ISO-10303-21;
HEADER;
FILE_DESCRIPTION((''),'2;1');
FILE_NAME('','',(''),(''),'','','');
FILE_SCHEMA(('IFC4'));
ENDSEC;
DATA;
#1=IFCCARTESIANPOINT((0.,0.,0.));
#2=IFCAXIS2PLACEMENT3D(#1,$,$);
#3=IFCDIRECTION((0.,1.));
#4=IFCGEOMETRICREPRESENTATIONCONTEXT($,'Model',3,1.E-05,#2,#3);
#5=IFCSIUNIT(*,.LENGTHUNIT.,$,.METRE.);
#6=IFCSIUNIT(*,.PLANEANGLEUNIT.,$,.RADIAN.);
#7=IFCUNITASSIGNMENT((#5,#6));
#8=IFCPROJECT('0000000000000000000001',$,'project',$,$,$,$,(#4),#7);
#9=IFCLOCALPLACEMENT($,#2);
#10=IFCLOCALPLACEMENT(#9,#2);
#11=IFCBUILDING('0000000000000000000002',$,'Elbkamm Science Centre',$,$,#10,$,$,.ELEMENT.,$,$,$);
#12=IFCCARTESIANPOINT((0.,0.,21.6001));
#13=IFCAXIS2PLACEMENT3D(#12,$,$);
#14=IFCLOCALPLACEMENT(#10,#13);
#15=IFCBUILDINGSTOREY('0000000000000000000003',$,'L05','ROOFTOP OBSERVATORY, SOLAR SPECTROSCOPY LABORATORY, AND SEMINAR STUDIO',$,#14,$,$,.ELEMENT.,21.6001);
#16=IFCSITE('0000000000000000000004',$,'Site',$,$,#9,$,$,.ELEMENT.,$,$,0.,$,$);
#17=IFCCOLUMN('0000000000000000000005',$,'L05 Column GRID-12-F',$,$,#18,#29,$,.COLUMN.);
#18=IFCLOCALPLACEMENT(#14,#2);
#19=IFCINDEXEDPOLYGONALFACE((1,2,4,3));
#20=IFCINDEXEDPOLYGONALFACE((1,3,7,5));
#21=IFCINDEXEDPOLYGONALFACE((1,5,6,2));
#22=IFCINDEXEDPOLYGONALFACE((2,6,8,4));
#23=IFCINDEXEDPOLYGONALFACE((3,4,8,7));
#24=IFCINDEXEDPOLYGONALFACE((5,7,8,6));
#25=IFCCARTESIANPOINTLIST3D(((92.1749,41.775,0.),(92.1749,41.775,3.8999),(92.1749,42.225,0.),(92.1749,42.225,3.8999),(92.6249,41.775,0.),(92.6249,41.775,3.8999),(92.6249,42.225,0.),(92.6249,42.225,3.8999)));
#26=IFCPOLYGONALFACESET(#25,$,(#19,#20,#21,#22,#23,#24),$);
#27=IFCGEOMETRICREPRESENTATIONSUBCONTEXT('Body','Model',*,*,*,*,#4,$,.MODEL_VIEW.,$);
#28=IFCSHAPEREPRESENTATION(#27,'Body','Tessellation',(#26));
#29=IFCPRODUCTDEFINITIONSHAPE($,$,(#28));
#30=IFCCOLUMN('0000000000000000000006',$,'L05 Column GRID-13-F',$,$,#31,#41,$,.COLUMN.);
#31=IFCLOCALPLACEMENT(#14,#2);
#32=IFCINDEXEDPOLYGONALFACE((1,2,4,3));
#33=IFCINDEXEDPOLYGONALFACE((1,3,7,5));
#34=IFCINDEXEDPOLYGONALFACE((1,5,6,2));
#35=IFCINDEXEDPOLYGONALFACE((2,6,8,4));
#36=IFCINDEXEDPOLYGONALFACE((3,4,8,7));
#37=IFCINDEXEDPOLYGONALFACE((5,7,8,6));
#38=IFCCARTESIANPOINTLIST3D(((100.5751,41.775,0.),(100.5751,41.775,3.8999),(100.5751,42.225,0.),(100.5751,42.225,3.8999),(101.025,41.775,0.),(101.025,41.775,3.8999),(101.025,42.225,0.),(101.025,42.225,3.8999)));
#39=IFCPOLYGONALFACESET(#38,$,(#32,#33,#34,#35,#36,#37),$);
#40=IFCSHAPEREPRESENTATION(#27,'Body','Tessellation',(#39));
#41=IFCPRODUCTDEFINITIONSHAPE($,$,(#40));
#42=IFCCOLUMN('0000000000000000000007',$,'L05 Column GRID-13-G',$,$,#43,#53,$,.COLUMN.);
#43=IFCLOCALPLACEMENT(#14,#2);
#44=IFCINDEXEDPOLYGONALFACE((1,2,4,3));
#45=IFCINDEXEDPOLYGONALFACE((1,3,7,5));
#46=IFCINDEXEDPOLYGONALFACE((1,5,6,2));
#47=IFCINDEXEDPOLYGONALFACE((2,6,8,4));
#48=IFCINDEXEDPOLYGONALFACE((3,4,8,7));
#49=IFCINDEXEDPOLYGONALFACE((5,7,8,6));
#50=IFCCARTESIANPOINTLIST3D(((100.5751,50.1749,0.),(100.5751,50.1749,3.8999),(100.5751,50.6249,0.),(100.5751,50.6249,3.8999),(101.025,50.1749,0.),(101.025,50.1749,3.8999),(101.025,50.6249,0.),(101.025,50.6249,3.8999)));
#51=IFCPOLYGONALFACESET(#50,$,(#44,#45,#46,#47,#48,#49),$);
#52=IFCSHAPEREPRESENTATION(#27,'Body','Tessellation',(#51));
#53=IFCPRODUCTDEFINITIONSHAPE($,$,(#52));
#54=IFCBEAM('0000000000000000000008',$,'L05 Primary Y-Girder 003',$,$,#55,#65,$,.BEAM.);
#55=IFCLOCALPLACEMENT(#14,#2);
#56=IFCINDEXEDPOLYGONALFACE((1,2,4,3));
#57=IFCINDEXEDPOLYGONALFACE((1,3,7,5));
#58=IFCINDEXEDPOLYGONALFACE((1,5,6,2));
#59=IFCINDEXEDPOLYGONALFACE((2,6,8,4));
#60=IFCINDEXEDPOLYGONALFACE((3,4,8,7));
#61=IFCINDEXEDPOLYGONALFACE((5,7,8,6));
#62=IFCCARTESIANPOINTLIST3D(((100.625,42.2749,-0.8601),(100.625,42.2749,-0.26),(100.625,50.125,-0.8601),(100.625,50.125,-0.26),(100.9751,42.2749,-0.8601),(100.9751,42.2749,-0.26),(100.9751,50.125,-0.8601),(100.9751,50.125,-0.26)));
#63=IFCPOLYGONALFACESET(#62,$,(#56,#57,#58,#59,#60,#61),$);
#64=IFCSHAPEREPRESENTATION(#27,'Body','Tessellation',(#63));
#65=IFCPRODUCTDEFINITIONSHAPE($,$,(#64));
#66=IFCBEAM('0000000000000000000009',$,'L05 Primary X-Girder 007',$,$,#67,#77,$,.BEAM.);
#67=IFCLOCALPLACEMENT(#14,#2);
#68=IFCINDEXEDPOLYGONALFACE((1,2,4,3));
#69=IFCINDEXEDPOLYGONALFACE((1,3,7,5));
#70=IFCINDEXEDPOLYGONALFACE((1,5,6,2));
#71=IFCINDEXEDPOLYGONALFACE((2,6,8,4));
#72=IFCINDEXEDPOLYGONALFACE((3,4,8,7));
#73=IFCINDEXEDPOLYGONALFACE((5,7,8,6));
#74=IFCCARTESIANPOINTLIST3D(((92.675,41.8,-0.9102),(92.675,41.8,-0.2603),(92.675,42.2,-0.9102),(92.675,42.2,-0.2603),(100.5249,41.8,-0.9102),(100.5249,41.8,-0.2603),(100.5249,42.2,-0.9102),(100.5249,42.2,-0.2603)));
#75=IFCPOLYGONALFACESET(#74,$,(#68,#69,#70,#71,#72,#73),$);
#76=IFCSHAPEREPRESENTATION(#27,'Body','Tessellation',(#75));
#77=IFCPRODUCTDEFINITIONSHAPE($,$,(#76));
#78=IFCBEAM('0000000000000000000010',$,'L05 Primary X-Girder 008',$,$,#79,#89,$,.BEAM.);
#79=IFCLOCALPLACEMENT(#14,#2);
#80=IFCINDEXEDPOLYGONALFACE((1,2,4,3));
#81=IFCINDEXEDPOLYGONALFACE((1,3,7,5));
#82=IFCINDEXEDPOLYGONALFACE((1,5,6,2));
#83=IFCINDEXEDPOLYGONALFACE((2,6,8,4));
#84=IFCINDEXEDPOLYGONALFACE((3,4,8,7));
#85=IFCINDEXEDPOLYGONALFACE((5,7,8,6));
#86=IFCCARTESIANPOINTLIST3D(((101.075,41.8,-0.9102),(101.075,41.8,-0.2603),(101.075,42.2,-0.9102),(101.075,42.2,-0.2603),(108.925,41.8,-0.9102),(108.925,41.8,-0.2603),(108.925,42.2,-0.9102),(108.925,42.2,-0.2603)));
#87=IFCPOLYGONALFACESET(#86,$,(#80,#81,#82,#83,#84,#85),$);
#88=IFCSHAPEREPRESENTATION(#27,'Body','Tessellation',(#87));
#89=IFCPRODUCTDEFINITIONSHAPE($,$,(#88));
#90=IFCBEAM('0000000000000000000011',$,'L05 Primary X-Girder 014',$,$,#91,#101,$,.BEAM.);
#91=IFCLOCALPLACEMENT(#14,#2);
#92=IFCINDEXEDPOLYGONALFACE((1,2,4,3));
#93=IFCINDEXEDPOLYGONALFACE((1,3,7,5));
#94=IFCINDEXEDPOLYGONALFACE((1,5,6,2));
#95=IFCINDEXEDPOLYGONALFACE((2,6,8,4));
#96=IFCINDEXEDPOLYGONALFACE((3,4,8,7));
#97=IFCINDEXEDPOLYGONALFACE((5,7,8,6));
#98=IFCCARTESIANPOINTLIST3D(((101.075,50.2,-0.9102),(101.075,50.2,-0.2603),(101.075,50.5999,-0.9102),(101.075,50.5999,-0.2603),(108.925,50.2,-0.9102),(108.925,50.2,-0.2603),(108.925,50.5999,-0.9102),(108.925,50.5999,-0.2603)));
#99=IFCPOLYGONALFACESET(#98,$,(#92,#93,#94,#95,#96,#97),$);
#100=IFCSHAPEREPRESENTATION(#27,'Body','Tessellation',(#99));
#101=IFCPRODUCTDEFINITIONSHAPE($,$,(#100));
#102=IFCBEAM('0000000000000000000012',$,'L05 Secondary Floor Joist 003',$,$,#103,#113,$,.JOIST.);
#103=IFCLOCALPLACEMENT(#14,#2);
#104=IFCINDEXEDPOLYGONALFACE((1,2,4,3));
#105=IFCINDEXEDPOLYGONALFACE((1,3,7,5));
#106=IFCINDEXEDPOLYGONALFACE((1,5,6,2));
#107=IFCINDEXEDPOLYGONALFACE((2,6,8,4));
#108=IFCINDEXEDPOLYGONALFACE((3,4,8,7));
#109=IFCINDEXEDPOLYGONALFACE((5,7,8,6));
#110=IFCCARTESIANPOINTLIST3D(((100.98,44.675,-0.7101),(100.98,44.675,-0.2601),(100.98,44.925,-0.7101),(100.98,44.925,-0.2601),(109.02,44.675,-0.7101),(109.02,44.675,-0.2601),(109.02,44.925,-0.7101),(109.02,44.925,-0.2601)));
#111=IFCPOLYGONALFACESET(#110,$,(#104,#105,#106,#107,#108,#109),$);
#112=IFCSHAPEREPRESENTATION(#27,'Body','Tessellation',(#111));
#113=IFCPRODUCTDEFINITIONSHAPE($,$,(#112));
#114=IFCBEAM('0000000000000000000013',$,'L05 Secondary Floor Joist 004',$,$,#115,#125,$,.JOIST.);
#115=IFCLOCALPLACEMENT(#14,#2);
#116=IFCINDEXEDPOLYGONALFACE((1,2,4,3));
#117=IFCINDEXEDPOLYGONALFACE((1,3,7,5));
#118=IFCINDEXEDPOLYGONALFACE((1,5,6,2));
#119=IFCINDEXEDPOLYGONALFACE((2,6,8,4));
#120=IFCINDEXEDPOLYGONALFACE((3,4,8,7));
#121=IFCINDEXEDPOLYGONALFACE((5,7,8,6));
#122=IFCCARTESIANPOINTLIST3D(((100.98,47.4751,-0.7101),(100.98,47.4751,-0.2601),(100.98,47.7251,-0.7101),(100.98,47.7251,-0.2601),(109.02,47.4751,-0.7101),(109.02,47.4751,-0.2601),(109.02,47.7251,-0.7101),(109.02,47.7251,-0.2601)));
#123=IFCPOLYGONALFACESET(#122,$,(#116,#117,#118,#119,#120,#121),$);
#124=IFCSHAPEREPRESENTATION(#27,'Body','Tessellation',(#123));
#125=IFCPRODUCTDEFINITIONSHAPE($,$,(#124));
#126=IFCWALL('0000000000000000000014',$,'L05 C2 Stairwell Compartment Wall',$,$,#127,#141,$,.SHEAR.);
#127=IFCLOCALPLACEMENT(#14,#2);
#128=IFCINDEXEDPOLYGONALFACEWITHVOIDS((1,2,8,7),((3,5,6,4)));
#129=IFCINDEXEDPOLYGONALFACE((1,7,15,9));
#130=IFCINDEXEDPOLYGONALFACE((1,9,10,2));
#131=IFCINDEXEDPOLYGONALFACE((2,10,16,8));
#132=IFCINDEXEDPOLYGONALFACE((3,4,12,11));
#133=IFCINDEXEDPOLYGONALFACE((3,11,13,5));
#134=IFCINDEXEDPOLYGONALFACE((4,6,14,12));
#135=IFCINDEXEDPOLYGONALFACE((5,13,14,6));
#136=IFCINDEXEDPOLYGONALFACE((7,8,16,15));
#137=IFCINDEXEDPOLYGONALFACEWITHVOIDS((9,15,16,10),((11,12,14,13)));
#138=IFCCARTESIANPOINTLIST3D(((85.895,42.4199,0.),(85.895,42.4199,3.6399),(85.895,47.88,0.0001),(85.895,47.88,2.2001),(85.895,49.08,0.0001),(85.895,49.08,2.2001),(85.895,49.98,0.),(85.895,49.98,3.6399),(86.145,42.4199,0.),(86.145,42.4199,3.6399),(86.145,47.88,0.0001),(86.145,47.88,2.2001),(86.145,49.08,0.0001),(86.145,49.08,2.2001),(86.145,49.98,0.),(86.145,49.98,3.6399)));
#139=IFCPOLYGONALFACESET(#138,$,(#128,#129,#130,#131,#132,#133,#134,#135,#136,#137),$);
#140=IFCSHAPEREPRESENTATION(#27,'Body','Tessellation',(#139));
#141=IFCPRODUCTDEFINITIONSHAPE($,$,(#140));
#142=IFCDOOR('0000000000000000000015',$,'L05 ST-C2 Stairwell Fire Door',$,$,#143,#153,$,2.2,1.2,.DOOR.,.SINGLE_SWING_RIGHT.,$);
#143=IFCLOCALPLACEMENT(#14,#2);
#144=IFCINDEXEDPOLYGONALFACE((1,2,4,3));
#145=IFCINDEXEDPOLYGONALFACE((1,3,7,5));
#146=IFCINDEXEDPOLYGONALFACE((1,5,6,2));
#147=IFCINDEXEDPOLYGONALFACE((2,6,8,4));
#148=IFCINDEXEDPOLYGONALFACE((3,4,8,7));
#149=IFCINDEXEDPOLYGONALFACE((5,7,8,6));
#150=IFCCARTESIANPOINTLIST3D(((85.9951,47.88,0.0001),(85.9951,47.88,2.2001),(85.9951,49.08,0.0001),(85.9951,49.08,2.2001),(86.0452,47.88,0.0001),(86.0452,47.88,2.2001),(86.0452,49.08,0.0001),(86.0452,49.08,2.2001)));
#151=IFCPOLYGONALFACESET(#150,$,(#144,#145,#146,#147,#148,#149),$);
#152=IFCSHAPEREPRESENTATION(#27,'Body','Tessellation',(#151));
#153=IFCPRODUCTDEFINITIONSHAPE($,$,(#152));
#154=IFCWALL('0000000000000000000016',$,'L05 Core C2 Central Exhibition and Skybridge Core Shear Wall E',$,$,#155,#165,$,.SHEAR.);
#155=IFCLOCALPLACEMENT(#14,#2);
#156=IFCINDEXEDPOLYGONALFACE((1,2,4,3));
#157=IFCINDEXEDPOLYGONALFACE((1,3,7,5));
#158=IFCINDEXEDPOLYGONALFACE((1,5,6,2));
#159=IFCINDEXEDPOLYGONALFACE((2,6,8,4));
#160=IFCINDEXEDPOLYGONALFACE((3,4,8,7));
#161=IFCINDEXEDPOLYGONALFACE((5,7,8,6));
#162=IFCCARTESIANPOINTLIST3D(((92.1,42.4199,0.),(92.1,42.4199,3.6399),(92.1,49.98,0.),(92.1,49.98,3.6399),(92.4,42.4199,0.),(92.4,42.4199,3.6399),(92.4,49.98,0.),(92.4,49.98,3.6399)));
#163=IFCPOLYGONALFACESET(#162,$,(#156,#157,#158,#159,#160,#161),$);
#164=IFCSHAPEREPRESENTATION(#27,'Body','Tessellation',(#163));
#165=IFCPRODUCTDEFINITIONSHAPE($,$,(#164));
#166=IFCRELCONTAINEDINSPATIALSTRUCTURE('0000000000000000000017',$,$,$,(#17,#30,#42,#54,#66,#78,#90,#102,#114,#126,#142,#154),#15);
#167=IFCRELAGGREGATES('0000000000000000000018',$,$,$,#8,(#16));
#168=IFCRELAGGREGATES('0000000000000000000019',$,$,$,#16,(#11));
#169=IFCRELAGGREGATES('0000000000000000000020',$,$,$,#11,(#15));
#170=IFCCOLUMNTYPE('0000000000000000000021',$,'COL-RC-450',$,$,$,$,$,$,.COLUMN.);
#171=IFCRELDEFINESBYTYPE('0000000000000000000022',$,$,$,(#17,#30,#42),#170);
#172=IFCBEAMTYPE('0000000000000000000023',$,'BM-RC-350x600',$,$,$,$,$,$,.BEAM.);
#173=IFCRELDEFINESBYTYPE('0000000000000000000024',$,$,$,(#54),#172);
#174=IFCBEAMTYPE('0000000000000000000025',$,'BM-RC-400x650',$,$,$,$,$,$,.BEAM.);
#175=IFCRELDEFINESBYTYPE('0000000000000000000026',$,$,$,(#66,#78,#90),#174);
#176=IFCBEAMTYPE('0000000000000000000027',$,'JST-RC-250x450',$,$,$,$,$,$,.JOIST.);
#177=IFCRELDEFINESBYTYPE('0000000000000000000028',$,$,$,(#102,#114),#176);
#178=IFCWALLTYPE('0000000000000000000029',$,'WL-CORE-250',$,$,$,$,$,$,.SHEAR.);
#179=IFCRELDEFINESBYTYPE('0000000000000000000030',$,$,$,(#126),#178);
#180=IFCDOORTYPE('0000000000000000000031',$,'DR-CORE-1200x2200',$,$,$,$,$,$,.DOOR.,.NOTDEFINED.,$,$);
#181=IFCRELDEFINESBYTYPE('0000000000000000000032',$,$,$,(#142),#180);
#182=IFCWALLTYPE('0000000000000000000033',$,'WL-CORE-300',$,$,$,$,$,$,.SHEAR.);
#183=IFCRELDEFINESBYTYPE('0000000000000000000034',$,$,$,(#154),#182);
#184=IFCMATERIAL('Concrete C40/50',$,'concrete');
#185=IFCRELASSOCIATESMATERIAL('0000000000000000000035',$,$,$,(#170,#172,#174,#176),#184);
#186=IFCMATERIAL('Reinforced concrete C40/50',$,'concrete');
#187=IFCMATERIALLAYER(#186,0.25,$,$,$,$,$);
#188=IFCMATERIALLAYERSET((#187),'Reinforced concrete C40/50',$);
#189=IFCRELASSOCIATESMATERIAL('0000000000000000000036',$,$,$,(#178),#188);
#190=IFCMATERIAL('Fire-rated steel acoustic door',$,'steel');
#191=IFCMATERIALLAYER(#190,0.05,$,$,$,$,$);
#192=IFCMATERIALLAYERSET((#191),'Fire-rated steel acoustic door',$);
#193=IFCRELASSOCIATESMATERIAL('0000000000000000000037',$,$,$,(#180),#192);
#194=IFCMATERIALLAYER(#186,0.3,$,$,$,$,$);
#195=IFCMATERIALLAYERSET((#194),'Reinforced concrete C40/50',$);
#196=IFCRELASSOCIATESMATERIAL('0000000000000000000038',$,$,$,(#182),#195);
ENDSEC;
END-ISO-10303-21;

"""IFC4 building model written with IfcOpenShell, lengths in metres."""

from ifc_helpers import new_model, si_unit, direction, frame, frame_2d, origin, origin_2d, place, context, subcontext, project, spatial, rectangle, extrude, material, layer, layer_set, material_profile, profile_set, type_object, element, fill, save


model = new_model("IFC4")

# Units and contexts
model_context = context("Model", 3, precision=1e-05, world=origin(), true_north=direction((0.0, 1.0)))
body_context = subcontext(model_context, "Body", "Model", "MODEL_VIEW")
ifc_project = project(units=[si_unit("LENGTHUNIT", "METRE"), si_unit("PLANEANGLEUNIT", "RADIAN")], contexts=[model_context])

# Site, building, storey
site_placement = place(None, origin())
site = spatial("IfcSite", under=ifc_project, at=site_placement, Name="Site", CompositionType="ELEMENT", RefElevation=0.0)
building_placement = place(site_placement, origin())
building = spatial("IfcBuilding", under=site, at=building_placement, Name="Elbkamm Science Centre", CompositionType="ELEMENT")
storey_placement = place(building_placement, frame((0.0, 0.0, 21.6001)))
storey = spatial("IfcBuildingStorey", under=building, at=storey_placement, Name="L05", Description="ROOFTOP OBSERVATORY, SOLAR SPECTROSCOPY LABORATORY, AND SEMINAR STUDIO", CompositionType="ELEMENT", Elevation=21.6001)

# Columns
ifc_material_1 = material(Name="Concrete C40/50", Category="concrete")
ifc_material_profile_1 = material_profile(ifc_material_1, rectangle(XDim=0.45, YDim=0.45, at=origin_2d()), Name="RC 450x450")
ifc_profile_set_1 = profile_set([ifc_material_profile_1], Name="Concrete C40/50")
column_type = type_object("IfcColumnType", Name="COL-RC-450", PredefinedType="COLUMN", material=ifc_profile_set_1)
for number, where, z_axis, x_axis, name in (
    (1, (92.3999, 42.0, 0.0), (0.0, 0.0, 1.0), (1.0, 0.0, 0.0), "L05 Column GRID-12-F"),
    (2, (100.8, 42.0, 0.0), (0.0, 0.0, 1.0), (1.0, 0.0, 0.0), "L05 Column GRID-13-F"),
    (3, (100.8, 50.3999, 0.0), (0.0, 0.0, 1.0), (1.0, 0.0, 0.0), "L05 Column GRID-13-G"),
):
    element("IfcColumn", number, at=place(storey_placement, frame(where, z_axis=z_axis, x_axis=x_axis)), inside=storey, type_object=column_type, Name=name, PredefinedType="COLUMN", context=body_context, shape_type="SweptSolid", body=[
        extrude(rectangle(XDim=0.45, YDim=0.45, at=origin_2d()), origin(), (0.0, 0.0, 1.0), 3.8999),
    ])

# Beams
ifc_material_profile_2 = material_profile(ifc_material_1, rectangle(XDim=0.3501, YDim=0.6001, at=origin_2d()), Name="RC 350x600")
ifc_profile_set_2 = profile_set([ifc_material_profile_2], Name="Concrete C40/50")
beam_type_1 = type_object("IfcBeamType", Name="BM-RC-350x600", PredefinedType="BEAM", material=ifc_profile_set_2)
beam_1_placement = place(storey_placement, frame((100.8, 42.2749, -0.5601), z_axis=(0.0, 1.0, 0.0), x_axis=(-1.0, 0.0, 0.0)))
element("IfcBeam", 4, at=beam_1_placement, inside=storey, type_object=beam_type_1, Name="L05 Primary Y-Girder 003", PredefinedType="BEAM", context=body_context, shape_type="SweptSolid", body=[
    extrude(rectangle(XDim=0.3501, YDim=0.6001, at=origin_2d()), origin(), (0.0, 0.0, 1.0), 7.8501),
])
ifc_material_profile_3 = material_profile(ifc_material_1, rectangle(XDim=0.3999, YDim=0.6499, at=origin_2d()), Name="RC 400x650")
ifc_profile_set_3 = profile_set([ifc_material_profile_3], Name="Concrete C40/50")
beam_type_2 = type_object("IfcBeamType", Name="BM-RC-400x650", PredefinedType="BEAM", material=ifc_profile_set_3)
beam_2_placement = place(storey_placement, frame((92.675, 42.0, -0.5852), z_axis=(1.0, 0.0, 0.0), x_axis=(0.0, 1.0, 0.0)))
element("IfcBeam", 5, at=beam_2_placement, inside=storey, type_object=beam_type_2, Name="L05 Primary X-Girder 007", PredefinedType="BEAM", context=body_context, shape_type="SweptSolid", body=[
    extrude(rectangle(XDim=0.3999, YDim=0.6499, at=origin_2d()), origin(), (0.0, 0.0, 1.0), 7.8499),
])
for number, where, z_axis, x_axis, name in (
    (6, (101.075, 42.0, -0.5852), (1.0, 0.0, 0.0), (0.0, 1.0, 0.0), "L05 Primary X-Girder 008"),
    (7, (101.075, 50.3999, -0.5852), (1.0, 0.0, 0.0), (0.0, 1.0, 0.0), "L05 Primary X-Girder 014"),
):
    element("IfcBeam", number, at=place(storey_placement, frame(where, z_axis=z_axis, x_axis=x_axis)), inside=storey, type_object=beam_type_2, Name=name, PredefinedType="BEAM", context=body_context, shape_type="SweptSolid", body=[
        extrude(rectangle(XDim=0.3999, YDim=0.6499, at=origin_2d()), origin(), (0.0, 0.0, 1.0), 7.8501),
    ])
ifc_material_profile_4 = material_profile(ifc_material_1, rectangle(XDim=0.25, YDim=0.45, at=origin_2d()), Name="RC 250x450")
ifc_profile_set_4 = profile_set([ifc_material_profile_4], Name="Concrete C40/50")
beam_type_3 = type_object("IfcBeamType", Name="JST-RC-250x450", PredefinedType="JOIST", material=ifc_profile_set_4)
for number, where, z_axis, x_axis, name in (
    (8, (100.98, 44.8, -0.4851), (1.0, 0.0, 0.0), (0.0, 1.0, 0.0), "L05 Secondary Floor Joist 003"),
    (9, (100.98, 47.6001, -0.4851), (1.0, 0.0, 0.0), (0.0, 1.0, 0.0), "L05 Secondary Floor Joist 004"),
):
    element("IfcBeam", number, at=place(storey_placement, frame(where, z_axis=z_axis, x_axis=x_axis)), inside=storey, type_object=beam_type_3, Name=name, PredefinedType="JOIST", context=body_context, shape_type="SweptSolid", body=[
        extrude(rectangle(XDim=0.25, YDim=0.45, at=origin_2d()), origin(), (0.0, 0.0, 1.0), 8.04),
    ])

# Wall, opening, door
ifc_material_2 = material(Name="Reinforced concrete C40/50", Category="concrete")
ifc_layer_1 = layer(ifc_material_2, 0.25)
ifc_layer_set_1 = layer_set([ifc_layer_1], Name="Reinforced concrete C40/50")
wall_type_1 = type_object("IfcWallType", Name="WL-CORE-250", PredefinedType="SHEAR", material=ifc_layer_set_1)
wall_1_placement = place(storey_placement, frame((86.02, 42.4199, 0.0), z_axis=(0.0, 0.0, 1.0), x_axis=(0.0, 1.0, 0.0)))
wall_1 = element("IfcWall", 10, at=wall_1_placement, inside=storey, type_object=wall_type_1, Name="L05 C2 Stairwell Compartment Wall", PredefinedType="SHEAR", context=body_context, shape_type="SweptSolid", body=[
    extrude(rectangle(XDim=7.5601, YDim=0.25, at=frame_2d((3.78, 0.0))), origin(), (0.0, 0.0, 1.0), 3.6399),
])
opening_1_placement = place(wall_1_placement, frame((5.46, 0.0, 0.0)))
opening_1 = element("IfcOpeningElement", 11, at=opening_1_placement, cuts=wall_1, PredefinedType="OPENING", context=body_context, shape_type="SweptSolid", body=[
    extrude(rectangle(XDim=1.2, YDim=2.2, at=frame_2d((0.6001, 1.1001))), frame((0.0, 0.137, 0.0), z_axis=(0.0, -1.0, 0.0), x_axis=(1.0, 0.0, 0.0)), (0.0, 0.0, 1.0), 0.2739),
])
ifc_material_3 = material(Name="Fire-rated steel acoustic door", Category="steel")
ifc_layer_2 = layer(ifc_material_3, 0.05)
ifc_layer_set_2 = layer_set([ifc_layer_2], Name="Fire-rated steel acoustic door")
door_type_1 = type_object("IfcDoorType", Name="DR-CORE-1200x2200", OperationType="NOTDEFINED", PredefinedType="DOOR", material=ifc_layer_set_2)
door_1_placement = place(opening_1_placement, origin())
door_1 = element("IfcDoor", 12, at=door_1_placement, inside=storey, type_object=door_type_1, Name="L05 ST-C2 Stairwell Fire Door", OperationType="SINGLE_SWING_RIGHT", OverallHeight=2.2, OverallWidth=1.2, PredefinedType="DOOR", context=body_context, shape_type="SweptSolid", body=[
    extrude(rectangle(XDim=1.2, YDim=2.2, at=frame_2d((0.6001, 1.1001))), frame((0.0, 0.0249, 0.0), z_axis=(0.0, -1.0, 0.0), x_axis=(1.0, 0.0, 0.0)), (0.0, 0.0, 1.0), 0.05),
])
fill(opening_1, door_1)

# Wall
ifc_layer_3 = layer(ifc_material_2, 0.3)
ifc_layer_set_3 = layer_set([ifc_layer_3], Name="Reinforced concrete C40/50")
wall_type_2 = type_object("IfcWallType", Name="WL-CORE-300", PredefinedType="SHEAR", material=ifc_layer_set_3)
wall_2_placement = place(storey_placement, frame((92.25, 42.4199, 0.0), z_axis=(0.0, 0.0, 1.0), x_axis=(0.0, 1.0, 0.0)))
element("IfcWall", 13, at=wall_2_placement, inside=storey, type_object=wall_type_2, Name="L05 Core C2 Central Exhibition and Skybridge Core Shear Wall E", PredefinedType="SHEAR", context=body_context, shape_type="SweptSolid", body=[
    extrude(rectangle(XDim=7.5601, YDim=0.3, at=frame_2d((3.78, 0.0))), origin(), (0.0, 0.0, 1.0), 3.6399),
])

save(model, "model.ifc")
